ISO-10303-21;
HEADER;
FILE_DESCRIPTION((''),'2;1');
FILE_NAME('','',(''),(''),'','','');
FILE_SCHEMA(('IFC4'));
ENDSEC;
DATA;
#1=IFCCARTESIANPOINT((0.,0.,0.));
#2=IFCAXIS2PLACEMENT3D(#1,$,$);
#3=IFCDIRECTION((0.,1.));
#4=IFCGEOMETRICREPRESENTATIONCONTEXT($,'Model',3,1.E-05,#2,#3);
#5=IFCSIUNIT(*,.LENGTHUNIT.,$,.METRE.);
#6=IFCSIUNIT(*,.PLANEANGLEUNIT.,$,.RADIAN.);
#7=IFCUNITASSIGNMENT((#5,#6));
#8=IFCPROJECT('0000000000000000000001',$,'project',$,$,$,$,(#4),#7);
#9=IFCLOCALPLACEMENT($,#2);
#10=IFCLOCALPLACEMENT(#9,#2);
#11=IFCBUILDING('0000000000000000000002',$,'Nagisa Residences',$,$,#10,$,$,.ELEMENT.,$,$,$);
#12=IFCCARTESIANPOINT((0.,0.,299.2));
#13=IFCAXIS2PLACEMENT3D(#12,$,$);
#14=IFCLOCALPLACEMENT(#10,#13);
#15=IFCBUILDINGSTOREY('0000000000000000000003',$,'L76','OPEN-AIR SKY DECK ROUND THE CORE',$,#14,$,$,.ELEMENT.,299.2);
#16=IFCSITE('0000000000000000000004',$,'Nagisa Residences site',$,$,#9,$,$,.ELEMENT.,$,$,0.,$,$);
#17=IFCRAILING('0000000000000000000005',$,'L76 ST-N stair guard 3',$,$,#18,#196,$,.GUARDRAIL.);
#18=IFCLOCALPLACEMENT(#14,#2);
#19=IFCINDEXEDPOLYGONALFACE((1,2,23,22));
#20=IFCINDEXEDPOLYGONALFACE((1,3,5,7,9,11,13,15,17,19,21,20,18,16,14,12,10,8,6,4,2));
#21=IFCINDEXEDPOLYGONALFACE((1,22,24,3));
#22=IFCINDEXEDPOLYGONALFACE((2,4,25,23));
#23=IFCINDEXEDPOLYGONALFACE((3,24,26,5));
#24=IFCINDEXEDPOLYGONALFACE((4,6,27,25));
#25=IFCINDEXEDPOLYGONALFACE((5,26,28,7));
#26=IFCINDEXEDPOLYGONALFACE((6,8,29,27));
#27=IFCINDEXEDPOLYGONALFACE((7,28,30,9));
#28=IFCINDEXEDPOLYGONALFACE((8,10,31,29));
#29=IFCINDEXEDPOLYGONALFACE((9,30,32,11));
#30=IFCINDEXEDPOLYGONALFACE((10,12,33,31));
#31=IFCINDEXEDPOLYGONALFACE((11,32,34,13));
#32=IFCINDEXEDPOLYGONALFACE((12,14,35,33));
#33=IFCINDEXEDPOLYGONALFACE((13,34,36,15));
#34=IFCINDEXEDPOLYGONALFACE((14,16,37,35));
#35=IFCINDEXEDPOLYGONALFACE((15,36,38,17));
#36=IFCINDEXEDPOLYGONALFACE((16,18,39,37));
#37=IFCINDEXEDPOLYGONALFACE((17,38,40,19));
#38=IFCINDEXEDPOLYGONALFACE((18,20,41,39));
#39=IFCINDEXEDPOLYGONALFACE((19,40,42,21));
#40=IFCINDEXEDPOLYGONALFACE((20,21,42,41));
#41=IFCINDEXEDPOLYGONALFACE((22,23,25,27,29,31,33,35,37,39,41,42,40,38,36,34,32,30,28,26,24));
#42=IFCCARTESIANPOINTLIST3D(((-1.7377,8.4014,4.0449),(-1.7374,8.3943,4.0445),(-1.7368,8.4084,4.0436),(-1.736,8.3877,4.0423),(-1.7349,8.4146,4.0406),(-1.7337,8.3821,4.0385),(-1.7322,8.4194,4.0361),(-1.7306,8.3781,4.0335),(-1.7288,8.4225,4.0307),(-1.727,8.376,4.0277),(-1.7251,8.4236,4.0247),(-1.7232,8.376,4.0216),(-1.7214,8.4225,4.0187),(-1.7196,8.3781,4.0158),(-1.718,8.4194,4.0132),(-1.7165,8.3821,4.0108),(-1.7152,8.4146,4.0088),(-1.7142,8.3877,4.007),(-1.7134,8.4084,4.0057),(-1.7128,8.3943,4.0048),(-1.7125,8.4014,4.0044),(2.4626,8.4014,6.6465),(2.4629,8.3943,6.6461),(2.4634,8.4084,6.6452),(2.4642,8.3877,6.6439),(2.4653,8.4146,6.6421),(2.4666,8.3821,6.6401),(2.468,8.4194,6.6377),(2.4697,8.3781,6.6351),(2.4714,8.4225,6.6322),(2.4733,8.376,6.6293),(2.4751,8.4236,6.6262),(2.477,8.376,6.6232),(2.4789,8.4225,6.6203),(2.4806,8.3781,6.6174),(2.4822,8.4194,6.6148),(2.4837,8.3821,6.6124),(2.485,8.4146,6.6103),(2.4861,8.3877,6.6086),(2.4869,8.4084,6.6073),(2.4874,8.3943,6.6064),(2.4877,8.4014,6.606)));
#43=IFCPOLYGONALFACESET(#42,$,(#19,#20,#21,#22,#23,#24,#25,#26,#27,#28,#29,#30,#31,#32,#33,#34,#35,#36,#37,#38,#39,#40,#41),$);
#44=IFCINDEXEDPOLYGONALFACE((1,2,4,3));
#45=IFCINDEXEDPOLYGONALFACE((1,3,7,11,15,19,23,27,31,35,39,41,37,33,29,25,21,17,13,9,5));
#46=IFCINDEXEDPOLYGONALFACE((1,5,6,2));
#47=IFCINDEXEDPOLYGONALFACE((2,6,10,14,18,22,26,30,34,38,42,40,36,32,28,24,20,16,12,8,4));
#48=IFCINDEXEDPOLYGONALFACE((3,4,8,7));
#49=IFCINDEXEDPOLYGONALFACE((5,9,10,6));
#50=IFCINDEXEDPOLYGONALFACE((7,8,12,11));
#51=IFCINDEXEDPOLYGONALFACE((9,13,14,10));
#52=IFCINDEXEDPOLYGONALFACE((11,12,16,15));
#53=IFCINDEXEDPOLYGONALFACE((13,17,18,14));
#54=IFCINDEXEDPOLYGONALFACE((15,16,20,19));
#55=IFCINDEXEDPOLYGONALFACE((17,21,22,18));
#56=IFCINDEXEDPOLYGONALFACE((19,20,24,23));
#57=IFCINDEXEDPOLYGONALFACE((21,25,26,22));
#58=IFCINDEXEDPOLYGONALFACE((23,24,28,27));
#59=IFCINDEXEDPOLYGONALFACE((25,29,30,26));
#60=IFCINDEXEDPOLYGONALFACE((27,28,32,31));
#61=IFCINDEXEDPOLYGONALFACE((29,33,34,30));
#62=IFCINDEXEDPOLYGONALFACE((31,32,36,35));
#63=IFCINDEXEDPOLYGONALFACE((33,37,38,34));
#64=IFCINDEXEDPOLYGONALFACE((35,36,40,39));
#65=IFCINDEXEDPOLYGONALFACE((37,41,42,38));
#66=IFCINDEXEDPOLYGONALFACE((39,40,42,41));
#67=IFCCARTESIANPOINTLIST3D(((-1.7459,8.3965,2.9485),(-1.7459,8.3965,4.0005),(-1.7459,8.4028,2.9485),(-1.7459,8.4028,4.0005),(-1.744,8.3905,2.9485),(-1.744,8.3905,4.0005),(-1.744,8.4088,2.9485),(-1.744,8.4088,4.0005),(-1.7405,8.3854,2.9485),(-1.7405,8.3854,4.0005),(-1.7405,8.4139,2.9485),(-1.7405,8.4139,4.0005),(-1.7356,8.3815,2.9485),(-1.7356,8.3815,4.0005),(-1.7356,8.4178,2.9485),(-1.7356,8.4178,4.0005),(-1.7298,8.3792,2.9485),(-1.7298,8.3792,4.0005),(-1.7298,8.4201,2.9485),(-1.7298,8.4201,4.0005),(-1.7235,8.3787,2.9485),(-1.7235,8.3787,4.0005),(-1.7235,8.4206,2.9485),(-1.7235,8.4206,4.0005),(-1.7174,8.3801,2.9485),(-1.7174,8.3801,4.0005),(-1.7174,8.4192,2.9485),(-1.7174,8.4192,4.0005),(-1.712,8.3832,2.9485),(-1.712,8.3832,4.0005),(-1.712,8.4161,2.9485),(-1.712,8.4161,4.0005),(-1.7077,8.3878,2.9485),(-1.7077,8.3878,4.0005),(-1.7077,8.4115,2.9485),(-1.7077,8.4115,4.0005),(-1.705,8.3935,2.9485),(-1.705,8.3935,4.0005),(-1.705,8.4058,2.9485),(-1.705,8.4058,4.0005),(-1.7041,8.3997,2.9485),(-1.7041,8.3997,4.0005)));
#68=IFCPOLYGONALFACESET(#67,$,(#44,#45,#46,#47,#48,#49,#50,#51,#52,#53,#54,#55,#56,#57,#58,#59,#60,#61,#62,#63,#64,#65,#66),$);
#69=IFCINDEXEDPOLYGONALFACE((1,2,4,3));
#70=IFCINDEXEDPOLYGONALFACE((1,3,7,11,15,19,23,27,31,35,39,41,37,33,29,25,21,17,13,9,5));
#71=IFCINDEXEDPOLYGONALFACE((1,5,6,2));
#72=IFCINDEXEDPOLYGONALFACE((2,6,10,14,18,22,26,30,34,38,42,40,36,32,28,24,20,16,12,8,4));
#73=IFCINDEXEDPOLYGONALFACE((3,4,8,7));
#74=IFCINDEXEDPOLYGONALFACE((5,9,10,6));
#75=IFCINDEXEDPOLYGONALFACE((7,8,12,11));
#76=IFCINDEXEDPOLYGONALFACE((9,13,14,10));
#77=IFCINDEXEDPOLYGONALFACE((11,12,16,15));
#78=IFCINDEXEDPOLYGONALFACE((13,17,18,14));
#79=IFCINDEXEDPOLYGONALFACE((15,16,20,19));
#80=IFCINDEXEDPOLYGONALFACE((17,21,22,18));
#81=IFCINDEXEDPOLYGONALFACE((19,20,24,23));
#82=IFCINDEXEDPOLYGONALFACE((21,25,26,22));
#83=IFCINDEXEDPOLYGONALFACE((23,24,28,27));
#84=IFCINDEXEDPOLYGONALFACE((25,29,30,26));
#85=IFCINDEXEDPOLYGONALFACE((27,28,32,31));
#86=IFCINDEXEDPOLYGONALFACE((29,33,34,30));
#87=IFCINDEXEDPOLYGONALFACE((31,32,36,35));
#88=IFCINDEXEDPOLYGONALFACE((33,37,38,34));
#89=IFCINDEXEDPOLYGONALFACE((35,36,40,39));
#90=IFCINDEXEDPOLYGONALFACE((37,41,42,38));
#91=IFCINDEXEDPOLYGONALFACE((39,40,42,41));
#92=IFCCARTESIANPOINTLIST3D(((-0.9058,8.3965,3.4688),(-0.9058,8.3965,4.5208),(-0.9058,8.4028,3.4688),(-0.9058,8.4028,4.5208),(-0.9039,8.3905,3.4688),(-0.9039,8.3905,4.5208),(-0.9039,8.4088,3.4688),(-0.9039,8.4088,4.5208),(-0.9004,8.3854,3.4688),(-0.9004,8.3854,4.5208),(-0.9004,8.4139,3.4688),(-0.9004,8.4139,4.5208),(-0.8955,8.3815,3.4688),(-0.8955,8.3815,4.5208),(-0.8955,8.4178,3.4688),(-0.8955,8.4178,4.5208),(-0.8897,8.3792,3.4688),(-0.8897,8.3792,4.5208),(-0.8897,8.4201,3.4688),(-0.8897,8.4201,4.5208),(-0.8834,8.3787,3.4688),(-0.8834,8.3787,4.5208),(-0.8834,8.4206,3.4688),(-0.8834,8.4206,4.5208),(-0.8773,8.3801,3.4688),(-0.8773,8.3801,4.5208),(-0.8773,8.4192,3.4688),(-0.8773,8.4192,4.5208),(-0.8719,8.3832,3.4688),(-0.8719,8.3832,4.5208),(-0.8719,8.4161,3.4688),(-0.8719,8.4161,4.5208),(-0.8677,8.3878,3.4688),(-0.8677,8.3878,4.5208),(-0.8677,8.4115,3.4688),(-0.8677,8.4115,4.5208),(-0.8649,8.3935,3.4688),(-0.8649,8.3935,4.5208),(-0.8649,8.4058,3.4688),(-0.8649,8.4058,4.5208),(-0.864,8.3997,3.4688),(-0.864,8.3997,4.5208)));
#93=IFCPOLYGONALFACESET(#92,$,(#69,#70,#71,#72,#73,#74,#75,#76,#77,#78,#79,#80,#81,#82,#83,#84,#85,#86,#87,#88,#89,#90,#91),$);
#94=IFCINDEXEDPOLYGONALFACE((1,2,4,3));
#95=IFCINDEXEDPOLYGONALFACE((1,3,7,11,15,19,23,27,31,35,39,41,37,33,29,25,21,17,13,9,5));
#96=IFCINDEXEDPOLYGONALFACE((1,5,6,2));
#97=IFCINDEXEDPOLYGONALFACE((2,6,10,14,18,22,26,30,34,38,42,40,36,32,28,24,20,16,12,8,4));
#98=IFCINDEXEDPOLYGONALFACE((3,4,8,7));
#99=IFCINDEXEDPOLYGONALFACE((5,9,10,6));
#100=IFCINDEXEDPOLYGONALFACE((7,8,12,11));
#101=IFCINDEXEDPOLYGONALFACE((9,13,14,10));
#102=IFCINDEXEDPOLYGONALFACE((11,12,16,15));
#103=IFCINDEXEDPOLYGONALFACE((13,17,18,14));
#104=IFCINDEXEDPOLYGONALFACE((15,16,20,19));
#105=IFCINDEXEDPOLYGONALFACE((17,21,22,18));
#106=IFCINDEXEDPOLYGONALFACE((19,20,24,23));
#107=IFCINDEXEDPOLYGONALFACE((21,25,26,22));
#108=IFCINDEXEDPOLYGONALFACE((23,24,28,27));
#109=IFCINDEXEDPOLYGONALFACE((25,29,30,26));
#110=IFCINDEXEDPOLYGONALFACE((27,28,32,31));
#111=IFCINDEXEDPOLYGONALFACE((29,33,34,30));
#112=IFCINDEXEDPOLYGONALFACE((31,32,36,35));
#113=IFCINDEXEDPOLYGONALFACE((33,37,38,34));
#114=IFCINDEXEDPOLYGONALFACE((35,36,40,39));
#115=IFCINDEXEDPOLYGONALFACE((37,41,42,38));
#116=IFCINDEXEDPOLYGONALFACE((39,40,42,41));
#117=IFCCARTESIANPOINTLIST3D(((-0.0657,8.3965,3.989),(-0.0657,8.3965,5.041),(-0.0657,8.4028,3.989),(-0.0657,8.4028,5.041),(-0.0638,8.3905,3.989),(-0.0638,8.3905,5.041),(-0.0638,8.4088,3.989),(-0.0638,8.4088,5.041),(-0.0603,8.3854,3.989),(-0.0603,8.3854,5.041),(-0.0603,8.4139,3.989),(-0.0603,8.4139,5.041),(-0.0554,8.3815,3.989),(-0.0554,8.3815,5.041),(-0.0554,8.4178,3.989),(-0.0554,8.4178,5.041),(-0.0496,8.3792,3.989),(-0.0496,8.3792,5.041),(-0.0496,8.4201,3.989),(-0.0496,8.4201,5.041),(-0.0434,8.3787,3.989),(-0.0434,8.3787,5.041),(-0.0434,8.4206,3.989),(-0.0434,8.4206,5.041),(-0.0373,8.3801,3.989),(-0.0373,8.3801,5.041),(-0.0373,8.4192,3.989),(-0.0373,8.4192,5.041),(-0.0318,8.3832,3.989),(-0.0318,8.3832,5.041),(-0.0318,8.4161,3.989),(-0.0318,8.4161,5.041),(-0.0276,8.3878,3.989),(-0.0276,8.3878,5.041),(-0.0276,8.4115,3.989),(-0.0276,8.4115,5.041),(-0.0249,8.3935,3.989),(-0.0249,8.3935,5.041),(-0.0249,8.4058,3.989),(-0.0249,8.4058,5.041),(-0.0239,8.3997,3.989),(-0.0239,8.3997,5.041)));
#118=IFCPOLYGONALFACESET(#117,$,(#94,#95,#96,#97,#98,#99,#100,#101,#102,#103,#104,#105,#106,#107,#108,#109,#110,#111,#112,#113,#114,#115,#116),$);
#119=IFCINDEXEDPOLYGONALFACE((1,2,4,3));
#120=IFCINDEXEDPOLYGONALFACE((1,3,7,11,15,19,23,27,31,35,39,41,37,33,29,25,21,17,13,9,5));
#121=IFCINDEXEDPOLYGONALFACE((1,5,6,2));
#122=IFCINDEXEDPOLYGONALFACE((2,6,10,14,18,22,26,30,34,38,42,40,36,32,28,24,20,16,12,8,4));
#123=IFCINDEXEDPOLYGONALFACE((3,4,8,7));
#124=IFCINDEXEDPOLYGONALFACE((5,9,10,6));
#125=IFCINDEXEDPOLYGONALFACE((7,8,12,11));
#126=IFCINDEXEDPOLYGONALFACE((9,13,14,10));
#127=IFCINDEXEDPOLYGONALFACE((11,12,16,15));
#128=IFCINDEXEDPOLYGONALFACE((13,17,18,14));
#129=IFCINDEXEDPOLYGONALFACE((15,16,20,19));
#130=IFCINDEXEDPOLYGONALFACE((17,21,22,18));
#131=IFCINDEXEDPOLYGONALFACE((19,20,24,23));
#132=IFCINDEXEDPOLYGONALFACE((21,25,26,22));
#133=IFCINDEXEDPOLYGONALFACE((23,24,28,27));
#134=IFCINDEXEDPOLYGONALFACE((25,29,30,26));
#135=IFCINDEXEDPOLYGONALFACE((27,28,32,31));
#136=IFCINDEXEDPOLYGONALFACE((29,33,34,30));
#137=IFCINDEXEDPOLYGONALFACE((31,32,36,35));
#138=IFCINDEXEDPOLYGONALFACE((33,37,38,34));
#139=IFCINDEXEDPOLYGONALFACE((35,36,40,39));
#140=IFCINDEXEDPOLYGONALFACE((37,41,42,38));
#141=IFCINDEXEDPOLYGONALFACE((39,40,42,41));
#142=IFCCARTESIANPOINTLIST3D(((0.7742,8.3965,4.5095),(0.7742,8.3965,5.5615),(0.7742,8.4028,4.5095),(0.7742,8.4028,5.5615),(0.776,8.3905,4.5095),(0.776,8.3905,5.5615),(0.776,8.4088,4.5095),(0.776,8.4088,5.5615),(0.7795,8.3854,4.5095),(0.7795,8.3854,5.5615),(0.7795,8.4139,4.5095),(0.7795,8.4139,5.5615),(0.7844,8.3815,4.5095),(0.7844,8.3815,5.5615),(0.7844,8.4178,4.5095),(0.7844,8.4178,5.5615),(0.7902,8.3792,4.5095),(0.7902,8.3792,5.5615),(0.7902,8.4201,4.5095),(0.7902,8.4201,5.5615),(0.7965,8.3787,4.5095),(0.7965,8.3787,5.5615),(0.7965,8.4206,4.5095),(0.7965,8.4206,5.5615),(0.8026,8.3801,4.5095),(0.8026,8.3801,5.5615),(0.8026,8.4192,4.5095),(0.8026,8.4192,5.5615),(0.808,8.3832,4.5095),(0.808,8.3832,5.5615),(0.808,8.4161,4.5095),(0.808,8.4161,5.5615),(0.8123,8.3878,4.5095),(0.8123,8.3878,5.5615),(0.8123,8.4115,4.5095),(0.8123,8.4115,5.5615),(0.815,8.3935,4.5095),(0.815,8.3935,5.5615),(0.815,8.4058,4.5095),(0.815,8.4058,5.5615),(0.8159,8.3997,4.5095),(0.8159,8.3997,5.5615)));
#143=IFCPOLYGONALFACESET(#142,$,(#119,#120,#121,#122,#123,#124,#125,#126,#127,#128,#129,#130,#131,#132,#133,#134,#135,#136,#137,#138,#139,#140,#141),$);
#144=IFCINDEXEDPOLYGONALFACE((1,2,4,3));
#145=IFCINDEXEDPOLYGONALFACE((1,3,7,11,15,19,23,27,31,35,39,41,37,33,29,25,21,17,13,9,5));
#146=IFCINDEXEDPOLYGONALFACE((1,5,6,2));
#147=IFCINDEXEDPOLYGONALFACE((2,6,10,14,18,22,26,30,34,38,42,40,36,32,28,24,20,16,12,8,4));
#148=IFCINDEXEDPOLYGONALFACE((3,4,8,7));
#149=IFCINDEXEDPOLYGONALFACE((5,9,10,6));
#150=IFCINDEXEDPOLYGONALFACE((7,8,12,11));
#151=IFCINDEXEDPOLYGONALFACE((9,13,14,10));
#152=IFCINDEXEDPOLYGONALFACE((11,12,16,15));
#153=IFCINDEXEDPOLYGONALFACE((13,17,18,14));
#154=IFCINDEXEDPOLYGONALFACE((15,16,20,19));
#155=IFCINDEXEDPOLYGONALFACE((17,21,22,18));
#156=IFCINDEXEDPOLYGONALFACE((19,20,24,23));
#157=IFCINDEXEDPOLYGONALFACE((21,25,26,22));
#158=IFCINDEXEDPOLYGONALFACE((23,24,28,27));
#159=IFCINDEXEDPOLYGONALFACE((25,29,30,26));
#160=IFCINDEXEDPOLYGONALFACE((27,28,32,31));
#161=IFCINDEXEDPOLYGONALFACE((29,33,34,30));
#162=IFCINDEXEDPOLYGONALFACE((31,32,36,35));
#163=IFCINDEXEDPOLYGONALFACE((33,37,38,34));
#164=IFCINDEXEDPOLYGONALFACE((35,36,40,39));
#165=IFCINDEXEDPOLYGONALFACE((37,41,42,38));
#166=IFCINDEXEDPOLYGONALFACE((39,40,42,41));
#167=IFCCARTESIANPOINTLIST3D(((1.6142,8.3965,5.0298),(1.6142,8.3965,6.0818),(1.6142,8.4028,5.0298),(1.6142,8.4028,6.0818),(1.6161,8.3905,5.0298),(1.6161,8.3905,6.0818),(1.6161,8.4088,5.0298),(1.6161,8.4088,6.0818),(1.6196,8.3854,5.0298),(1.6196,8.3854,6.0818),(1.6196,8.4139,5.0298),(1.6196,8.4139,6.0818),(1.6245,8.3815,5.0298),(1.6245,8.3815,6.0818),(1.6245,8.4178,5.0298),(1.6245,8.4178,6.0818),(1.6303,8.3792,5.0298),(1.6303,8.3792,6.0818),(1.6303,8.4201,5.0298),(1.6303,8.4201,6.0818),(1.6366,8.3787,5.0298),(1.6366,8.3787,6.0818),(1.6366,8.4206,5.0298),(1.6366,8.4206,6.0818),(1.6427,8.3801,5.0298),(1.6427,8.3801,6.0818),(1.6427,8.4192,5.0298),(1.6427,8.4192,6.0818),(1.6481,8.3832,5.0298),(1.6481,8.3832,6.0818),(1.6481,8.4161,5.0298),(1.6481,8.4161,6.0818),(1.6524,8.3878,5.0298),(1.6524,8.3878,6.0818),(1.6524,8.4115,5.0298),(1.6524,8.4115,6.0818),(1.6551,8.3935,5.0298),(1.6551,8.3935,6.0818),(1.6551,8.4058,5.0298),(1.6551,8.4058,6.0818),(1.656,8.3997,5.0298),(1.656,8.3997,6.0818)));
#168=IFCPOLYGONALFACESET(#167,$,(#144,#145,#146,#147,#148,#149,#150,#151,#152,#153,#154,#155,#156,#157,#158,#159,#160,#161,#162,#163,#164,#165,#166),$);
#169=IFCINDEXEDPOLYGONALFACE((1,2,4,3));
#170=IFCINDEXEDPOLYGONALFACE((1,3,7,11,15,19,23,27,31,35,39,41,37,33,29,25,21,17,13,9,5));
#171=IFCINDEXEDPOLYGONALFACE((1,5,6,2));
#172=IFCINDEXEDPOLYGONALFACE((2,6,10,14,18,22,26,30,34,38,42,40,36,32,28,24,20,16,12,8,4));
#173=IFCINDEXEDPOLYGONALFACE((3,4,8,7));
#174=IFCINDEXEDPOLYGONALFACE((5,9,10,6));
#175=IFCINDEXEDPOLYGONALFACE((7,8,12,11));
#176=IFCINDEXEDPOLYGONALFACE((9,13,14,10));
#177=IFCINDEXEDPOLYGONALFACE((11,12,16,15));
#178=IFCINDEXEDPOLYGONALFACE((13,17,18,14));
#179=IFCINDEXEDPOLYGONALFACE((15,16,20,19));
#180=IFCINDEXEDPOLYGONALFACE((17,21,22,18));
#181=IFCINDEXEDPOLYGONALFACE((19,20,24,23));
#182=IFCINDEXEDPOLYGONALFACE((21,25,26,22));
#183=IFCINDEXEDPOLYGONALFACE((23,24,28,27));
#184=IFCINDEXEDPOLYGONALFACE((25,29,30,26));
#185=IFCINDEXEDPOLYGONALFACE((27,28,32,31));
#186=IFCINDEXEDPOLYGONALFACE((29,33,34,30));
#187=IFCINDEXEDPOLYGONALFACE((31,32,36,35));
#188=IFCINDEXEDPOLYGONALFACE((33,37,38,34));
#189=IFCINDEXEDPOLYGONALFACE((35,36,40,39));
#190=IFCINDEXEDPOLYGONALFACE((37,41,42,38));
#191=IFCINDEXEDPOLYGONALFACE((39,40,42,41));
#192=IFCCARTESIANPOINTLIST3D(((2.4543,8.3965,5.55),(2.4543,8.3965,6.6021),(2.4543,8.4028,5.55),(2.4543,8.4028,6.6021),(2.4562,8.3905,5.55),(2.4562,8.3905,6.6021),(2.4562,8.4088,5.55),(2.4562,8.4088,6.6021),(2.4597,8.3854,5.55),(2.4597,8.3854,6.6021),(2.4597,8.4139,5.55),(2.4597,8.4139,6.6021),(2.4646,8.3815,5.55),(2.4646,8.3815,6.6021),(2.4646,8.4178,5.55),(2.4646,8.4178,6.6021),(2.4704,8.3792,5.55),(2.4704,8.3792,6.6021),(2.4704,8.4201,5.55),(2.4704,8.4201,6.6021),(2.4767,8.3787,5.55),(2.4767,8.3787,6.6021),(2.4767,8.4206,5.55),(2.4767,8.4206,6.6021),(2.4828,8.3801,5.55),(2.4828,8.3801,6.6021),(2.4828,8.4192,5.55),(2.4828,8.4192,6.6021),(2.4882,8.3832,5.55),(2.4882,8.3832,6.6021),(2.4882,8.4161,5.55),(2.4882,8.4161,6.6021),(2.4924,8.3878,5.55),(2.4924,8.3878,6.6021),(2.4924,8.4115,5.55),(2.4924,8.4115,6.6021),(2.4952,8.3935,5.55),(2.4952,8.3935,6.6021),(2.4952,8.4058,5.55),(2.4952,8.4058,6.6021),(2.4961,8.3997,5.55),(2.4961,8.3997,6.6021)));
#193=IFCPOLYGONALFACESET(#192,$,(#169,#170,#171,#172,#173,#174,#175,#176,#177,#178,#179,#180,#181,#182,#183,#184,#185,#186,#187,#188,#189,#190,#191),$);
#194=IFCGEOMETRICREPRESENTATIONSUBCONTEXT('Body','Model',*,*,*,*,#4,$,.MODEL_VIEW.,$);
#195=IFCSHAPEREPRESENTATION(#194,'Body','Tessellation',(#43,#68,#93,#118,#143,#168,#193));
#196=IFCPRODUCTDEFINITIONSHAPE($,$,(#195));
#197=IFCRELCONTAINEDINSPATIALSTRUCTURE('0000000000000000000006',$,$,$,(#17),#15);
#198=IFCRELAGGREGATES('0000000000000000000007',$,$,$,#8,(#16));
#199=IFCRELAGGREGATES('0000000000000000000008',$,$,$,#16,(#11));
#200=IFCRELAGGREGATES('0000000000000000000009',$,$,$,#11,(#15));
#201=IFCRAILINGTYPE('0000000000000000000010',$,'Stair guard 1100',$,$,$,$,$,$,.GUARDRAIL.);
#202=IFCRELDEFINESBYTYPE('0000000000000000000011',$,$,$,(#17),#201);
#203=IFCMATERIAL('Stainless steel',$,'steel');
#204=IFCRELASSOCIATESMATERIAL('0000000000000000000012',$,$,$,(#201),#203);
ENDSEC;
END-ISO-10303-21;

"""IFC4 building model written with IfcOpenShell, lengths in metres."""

from ifc_helpers import new_model, si_unit, direction, frame, origin, origin_2d, place, context, subcontext, project, spatial, circle, extrude, material, type_object, element, save


model = new_model("IFC4")

# Units and contexts
model_context = context("Model", 3, precision=1e-05, world=origin(), true_north=direction((0.0, 1.0)))
body_context = subcontext(model_context, "Body", "Model", "MODEL_VIEW")
ifc_project = project(units=[si_unit("LENGTHUNIT", "METRE"), si_unit("PLANEANGLEUNIT", "RADIAN")], contexts=[model_context])

# Site, building, storey
site_placement = place(None, origin())
site = spatial("IfcSite", under=ifc_project, at=site_placement, Name="Nagisa Residences site", CompositionType="ELEMENT", RefElevation=0.0)
building_placement = place(site_placement, origin())
building = spatial("IfcBuilding", under=site, at=building_placement, Name="Nagisa Residences", CompositionType="ELEMENT")
storey_placement = place(building_placement, frame((0.0, 0.0, 299.2)))
storey = spatial("IfcBuildingStorey", under=building, at=storey_placement, Name="L76", Description="OPEN-AIR SKY DECK ROUND THE CORE", CompositionType="ELEMENT", Elevation=299.2)

# Railing
ifc_material_1 = material(Name="Stainless steel", Category="steel")
railing_type_1 = type_object("IfcRailingType", Name="Stair guard 1100", PredefinedType="GUARDRAIL", material=ifc_material_1)
railing_1_placement = place(storey_placement, frame((-1.7251, 8.3997, 2.9485)))
element("IfcRailing", 1, at=railing_1_placement, inside=storey, type_object=railing_type_1, Name="L76 ST-N stair guard 3", PredefinedType="GUARDRAIL", context=body_context, shape_type="SweptSolid", body=[
    extrude(circle(Radius=0.0239, at=origin_2d()), frame((0.0, 0.0, 1.0762), z_axis=(0.850135, 0.0, 0.526566), x_axis=(0.0, 1.0, 0.0)), (0.0, 0.0, 1.0), 4.9407),
    extrude(circle(Radius=0.021, at=origin_2d()), origin(), (0.0, 0.0, 1.0), 1.052),
    extrude(circle(Radius=0.021, at=origin_2d()), frame((0.8401, 0.0, 0.5203)), (0.0, 0.0, 1.0), 1.052),
    extrude(circle(Radius=0.021, at=origin_2d()), frame((1.6802, 0.0, 1.0405)), (0.0, 0.0, 1.0), 1.052),
    extrude(circle(Radius=0.021, at=origin_2d()), frame((2.52, 0.0, 1.561)), (0.0, 0.0, 1.0), 1.052),
    extrude(circle(Radius=0.021, at=origin_2d()), frame((3.3601, 0.0, 2.0813)), (0.0, 0.0, 1.0), 1.052),
    extrude(circle(Radius=0.021, at=origin_2d()), frame((4.2002, 0.0, 2.6016)), (0.0, 0.0, 1.0), 1.052),
])

save(model, "model.ifc")
